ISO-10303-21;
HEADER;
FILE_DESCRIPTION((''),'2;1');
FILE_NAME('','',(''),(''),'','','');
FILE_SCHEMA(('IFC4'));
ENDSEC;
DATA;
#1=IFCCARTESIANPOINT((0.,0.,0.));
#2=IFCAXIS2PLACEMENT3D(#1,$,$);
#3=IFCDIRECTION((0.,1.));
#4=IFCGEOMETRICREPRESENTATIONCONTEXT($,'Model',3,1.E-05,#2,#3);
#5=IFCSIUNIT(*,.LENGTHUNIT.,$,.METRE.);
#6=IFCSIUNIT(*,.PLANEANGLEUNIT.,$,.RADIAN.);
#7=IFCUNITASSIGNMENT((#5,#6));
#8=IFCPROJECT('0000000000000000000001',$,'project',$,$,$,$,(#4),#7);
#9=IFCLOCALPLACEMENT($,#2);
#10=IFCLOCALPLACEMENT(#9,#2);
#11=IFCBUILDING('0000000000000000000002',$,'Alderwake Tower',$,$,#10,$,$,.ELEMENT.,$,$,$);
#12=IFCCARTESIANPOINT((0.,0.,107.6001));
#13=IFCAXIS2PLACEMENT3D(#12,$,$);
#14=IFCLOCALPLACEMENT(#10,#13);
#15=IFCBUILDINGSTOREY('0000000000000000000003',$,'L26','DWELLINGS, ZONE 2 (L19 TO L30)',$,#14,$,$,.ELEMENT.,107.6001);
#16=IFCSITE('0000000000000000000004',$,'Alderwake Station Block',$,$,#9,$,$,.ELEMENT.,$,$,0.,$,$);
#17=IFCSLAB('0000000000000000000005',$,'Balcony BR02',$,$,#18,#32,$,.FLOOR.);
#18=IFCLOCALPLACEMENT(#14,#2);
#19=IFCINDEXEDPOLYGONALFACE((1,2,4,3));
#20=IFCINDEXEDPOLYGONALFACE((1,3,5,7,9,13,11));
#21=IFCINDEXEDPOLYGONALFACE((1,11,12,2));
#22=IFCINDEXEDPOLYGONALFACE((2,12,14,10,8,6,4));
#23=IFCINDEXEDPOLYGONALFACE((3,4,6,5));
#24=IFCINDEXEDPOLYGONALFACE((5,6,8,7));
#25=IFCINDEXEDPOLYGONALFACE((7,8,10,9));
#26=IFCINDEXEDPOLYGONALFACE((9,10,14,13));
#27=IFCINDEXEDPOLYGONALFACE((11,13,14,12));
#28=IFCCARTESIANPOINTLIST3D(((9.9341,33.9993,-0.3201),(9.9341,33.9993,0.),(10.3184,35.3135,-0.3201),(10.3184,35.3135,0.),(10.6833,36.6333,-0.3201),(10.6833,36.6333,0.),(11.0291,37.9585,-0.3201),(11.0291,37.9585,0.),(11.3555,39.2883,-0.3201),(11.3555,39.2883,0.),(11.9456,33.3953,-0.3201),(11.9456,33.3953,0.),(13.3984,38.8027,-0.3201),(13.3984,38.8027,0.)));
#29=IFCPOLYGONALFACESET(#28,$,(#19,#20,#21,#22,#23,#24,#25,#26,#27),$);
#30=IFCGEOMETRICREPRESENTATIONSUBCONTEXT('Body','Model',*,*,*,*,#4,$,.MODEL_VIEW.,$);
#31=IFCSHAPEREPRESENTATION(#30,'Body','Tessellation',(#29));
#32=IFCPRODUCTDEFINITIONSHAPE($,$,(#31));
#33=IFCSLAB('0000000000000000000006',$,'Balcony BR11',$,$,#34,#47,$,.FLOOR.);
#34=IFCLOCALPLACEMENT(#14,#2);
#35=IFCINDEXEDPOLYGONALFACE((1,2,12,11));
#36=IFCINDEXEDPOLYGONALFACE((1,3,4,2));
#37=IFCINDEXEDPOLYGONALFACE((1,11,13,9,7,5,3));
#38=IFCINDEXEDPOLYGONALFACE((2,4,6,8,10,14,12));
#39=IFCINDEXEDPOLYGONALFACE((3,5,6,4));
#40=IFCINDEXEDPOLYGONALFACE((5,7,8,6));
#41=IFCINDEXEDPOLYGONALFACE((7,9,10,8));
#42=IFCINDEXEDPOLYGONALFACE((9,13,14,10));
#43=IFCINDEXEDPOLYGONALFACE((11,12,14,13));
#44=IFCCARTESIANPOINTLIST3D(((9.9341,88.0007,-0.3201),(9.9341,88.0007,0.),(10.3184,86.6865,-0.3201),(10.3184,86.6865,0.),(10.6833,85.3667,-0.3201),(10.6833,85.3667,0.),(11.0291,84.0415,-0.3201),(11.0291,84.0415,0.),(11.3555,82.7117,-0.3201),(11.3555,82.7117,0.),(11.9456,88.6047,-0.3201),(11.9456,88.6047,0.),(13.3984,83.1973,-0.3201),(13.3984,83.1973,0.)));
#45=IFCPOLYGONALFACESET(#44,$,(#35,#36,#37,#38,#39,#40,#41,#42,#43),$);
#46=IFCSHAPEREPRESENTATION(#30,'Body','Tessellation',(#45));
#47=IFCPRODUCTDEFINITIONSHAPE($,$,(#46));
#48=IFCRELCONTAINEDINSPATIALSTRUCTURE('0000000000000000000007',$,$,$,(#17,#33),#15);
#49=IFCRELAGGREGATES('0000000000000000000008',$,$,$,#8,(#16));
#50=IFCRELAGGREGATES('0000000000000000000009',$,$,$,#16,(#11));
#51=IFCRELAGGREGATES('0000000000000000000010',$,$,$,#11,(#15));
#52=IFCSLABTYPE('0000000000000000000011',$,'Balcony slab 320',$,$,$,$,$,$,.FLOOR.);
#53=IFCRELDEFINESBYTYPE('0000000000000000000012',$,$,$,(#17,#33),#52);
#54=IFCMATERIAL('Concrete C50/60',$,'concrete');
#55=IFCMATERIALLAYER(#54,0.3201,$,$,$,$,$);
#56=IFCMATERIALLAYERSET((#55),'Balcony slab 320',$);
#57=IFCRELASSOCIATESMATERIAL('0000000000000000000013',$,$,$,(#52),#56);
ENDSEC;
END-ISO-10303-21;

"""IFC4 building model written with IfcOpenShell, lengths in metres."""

from ifc_helpers import new_model, si_unit, direction, frame, origin, place, context, subcontext, project, spatial, polyline, outline, extrude, material, layer, layer_set, type_object, element, save


model = new_model("IFC4")

# Units and contexts
model_context = context("Model", 3, precision=1e-05, world=origin(), true_north=direction((0.0, 1.0)))
body_context = subcontext(model_context, "Body", "Model", "MODEL_VIEW")
ifc_project = project(units=[si_unit("LENGTHUNIT", "METRE"), si_unit("PLANEANGLEUNIT", "RADIAN")], contexts=[model_context])

# Site, building, storey
site_placement = place(None, origin())
site = spatial("IfcSite", under=ifc_project, at=site_placement, Name="Alderwake Station Block", CompositionType="ELEMENT", RefElevation=0.0)
building_placement = place(site_placement, origin())
building = spatial("IfcBuilding", under=site, at=building_placement, Name="Alderwake Tower", CompositionType="ELEMENT")
storey_placement = place(building_placement, frame((0.0, 0.0, 107.6001)))
storey = spatial("IfcBuildingStorey", under=building, at=storey_placement, Name="L26", Description="DWELLINGS, ZONE 2 (L19 TO L30)", CompositionType="ELEMENT", Elevation=107.6001)

# Slabs
ifc_material_1 = material(Name="Concrete C50/60", Category="concrete")
ifc_layer_1 = layer(ifc_material_1, 0.3201)
ifc_layer_set_1 = layer_set([ifc_layer_1], Name="Balcony slab 320")
slab_type_1 = type_object("IfcSlabType", Name="Balcony slab 320", PredefinedType="FLOOR", material=ifc_layer_set_1)
slab_1_placement = place(storey_placement, frame((0.0, 0.0, -0.3201)))
element("IfcSlab", 1, at=slab_1_placement, inside=storey, type_object=slab_type_1, Name="Balcony BR02", PredefinedType="FLOOR", context=body_context, shape_type="SweptSolid", body=[
    extrude(outline(polyline([(9.9341, 33.9993), (11.9456, 33.3953), (13.3984, 38.8027), (11.3555, 39.2883), (11.0291, 37.9585), (10.6833, 36.6333), (10.3184, 35.3135), (9.9341, 33.9993)])), origin(), (0.0, 0.0, 1.0), 0.3201),
])
slab_2_placement = place(storey_placement, frame((0.0, 0.0, -0.3201)))
element("IfcSlab", 2, at=slab_2_placement, inside=storey, type_object=slab_type_1, Name="Balcony BR11", PredefinedType="FLOOR", context=body_context, shape_type="SweptSolid", body=[
    extrude(outline(polyline([(11.3555, 82.7117), (13.3984, 83.1973), (11.9456, 88.6047), (9.9341, 88.0007), (10.3184, 86.6865), (10.6833, 85.3667), (11.0291, 84.0415), (11.3555, 82.7117)])), origin(), (0.0, 0.0, 1.0), 0.3201),
])

save(model, "model.ifc")
